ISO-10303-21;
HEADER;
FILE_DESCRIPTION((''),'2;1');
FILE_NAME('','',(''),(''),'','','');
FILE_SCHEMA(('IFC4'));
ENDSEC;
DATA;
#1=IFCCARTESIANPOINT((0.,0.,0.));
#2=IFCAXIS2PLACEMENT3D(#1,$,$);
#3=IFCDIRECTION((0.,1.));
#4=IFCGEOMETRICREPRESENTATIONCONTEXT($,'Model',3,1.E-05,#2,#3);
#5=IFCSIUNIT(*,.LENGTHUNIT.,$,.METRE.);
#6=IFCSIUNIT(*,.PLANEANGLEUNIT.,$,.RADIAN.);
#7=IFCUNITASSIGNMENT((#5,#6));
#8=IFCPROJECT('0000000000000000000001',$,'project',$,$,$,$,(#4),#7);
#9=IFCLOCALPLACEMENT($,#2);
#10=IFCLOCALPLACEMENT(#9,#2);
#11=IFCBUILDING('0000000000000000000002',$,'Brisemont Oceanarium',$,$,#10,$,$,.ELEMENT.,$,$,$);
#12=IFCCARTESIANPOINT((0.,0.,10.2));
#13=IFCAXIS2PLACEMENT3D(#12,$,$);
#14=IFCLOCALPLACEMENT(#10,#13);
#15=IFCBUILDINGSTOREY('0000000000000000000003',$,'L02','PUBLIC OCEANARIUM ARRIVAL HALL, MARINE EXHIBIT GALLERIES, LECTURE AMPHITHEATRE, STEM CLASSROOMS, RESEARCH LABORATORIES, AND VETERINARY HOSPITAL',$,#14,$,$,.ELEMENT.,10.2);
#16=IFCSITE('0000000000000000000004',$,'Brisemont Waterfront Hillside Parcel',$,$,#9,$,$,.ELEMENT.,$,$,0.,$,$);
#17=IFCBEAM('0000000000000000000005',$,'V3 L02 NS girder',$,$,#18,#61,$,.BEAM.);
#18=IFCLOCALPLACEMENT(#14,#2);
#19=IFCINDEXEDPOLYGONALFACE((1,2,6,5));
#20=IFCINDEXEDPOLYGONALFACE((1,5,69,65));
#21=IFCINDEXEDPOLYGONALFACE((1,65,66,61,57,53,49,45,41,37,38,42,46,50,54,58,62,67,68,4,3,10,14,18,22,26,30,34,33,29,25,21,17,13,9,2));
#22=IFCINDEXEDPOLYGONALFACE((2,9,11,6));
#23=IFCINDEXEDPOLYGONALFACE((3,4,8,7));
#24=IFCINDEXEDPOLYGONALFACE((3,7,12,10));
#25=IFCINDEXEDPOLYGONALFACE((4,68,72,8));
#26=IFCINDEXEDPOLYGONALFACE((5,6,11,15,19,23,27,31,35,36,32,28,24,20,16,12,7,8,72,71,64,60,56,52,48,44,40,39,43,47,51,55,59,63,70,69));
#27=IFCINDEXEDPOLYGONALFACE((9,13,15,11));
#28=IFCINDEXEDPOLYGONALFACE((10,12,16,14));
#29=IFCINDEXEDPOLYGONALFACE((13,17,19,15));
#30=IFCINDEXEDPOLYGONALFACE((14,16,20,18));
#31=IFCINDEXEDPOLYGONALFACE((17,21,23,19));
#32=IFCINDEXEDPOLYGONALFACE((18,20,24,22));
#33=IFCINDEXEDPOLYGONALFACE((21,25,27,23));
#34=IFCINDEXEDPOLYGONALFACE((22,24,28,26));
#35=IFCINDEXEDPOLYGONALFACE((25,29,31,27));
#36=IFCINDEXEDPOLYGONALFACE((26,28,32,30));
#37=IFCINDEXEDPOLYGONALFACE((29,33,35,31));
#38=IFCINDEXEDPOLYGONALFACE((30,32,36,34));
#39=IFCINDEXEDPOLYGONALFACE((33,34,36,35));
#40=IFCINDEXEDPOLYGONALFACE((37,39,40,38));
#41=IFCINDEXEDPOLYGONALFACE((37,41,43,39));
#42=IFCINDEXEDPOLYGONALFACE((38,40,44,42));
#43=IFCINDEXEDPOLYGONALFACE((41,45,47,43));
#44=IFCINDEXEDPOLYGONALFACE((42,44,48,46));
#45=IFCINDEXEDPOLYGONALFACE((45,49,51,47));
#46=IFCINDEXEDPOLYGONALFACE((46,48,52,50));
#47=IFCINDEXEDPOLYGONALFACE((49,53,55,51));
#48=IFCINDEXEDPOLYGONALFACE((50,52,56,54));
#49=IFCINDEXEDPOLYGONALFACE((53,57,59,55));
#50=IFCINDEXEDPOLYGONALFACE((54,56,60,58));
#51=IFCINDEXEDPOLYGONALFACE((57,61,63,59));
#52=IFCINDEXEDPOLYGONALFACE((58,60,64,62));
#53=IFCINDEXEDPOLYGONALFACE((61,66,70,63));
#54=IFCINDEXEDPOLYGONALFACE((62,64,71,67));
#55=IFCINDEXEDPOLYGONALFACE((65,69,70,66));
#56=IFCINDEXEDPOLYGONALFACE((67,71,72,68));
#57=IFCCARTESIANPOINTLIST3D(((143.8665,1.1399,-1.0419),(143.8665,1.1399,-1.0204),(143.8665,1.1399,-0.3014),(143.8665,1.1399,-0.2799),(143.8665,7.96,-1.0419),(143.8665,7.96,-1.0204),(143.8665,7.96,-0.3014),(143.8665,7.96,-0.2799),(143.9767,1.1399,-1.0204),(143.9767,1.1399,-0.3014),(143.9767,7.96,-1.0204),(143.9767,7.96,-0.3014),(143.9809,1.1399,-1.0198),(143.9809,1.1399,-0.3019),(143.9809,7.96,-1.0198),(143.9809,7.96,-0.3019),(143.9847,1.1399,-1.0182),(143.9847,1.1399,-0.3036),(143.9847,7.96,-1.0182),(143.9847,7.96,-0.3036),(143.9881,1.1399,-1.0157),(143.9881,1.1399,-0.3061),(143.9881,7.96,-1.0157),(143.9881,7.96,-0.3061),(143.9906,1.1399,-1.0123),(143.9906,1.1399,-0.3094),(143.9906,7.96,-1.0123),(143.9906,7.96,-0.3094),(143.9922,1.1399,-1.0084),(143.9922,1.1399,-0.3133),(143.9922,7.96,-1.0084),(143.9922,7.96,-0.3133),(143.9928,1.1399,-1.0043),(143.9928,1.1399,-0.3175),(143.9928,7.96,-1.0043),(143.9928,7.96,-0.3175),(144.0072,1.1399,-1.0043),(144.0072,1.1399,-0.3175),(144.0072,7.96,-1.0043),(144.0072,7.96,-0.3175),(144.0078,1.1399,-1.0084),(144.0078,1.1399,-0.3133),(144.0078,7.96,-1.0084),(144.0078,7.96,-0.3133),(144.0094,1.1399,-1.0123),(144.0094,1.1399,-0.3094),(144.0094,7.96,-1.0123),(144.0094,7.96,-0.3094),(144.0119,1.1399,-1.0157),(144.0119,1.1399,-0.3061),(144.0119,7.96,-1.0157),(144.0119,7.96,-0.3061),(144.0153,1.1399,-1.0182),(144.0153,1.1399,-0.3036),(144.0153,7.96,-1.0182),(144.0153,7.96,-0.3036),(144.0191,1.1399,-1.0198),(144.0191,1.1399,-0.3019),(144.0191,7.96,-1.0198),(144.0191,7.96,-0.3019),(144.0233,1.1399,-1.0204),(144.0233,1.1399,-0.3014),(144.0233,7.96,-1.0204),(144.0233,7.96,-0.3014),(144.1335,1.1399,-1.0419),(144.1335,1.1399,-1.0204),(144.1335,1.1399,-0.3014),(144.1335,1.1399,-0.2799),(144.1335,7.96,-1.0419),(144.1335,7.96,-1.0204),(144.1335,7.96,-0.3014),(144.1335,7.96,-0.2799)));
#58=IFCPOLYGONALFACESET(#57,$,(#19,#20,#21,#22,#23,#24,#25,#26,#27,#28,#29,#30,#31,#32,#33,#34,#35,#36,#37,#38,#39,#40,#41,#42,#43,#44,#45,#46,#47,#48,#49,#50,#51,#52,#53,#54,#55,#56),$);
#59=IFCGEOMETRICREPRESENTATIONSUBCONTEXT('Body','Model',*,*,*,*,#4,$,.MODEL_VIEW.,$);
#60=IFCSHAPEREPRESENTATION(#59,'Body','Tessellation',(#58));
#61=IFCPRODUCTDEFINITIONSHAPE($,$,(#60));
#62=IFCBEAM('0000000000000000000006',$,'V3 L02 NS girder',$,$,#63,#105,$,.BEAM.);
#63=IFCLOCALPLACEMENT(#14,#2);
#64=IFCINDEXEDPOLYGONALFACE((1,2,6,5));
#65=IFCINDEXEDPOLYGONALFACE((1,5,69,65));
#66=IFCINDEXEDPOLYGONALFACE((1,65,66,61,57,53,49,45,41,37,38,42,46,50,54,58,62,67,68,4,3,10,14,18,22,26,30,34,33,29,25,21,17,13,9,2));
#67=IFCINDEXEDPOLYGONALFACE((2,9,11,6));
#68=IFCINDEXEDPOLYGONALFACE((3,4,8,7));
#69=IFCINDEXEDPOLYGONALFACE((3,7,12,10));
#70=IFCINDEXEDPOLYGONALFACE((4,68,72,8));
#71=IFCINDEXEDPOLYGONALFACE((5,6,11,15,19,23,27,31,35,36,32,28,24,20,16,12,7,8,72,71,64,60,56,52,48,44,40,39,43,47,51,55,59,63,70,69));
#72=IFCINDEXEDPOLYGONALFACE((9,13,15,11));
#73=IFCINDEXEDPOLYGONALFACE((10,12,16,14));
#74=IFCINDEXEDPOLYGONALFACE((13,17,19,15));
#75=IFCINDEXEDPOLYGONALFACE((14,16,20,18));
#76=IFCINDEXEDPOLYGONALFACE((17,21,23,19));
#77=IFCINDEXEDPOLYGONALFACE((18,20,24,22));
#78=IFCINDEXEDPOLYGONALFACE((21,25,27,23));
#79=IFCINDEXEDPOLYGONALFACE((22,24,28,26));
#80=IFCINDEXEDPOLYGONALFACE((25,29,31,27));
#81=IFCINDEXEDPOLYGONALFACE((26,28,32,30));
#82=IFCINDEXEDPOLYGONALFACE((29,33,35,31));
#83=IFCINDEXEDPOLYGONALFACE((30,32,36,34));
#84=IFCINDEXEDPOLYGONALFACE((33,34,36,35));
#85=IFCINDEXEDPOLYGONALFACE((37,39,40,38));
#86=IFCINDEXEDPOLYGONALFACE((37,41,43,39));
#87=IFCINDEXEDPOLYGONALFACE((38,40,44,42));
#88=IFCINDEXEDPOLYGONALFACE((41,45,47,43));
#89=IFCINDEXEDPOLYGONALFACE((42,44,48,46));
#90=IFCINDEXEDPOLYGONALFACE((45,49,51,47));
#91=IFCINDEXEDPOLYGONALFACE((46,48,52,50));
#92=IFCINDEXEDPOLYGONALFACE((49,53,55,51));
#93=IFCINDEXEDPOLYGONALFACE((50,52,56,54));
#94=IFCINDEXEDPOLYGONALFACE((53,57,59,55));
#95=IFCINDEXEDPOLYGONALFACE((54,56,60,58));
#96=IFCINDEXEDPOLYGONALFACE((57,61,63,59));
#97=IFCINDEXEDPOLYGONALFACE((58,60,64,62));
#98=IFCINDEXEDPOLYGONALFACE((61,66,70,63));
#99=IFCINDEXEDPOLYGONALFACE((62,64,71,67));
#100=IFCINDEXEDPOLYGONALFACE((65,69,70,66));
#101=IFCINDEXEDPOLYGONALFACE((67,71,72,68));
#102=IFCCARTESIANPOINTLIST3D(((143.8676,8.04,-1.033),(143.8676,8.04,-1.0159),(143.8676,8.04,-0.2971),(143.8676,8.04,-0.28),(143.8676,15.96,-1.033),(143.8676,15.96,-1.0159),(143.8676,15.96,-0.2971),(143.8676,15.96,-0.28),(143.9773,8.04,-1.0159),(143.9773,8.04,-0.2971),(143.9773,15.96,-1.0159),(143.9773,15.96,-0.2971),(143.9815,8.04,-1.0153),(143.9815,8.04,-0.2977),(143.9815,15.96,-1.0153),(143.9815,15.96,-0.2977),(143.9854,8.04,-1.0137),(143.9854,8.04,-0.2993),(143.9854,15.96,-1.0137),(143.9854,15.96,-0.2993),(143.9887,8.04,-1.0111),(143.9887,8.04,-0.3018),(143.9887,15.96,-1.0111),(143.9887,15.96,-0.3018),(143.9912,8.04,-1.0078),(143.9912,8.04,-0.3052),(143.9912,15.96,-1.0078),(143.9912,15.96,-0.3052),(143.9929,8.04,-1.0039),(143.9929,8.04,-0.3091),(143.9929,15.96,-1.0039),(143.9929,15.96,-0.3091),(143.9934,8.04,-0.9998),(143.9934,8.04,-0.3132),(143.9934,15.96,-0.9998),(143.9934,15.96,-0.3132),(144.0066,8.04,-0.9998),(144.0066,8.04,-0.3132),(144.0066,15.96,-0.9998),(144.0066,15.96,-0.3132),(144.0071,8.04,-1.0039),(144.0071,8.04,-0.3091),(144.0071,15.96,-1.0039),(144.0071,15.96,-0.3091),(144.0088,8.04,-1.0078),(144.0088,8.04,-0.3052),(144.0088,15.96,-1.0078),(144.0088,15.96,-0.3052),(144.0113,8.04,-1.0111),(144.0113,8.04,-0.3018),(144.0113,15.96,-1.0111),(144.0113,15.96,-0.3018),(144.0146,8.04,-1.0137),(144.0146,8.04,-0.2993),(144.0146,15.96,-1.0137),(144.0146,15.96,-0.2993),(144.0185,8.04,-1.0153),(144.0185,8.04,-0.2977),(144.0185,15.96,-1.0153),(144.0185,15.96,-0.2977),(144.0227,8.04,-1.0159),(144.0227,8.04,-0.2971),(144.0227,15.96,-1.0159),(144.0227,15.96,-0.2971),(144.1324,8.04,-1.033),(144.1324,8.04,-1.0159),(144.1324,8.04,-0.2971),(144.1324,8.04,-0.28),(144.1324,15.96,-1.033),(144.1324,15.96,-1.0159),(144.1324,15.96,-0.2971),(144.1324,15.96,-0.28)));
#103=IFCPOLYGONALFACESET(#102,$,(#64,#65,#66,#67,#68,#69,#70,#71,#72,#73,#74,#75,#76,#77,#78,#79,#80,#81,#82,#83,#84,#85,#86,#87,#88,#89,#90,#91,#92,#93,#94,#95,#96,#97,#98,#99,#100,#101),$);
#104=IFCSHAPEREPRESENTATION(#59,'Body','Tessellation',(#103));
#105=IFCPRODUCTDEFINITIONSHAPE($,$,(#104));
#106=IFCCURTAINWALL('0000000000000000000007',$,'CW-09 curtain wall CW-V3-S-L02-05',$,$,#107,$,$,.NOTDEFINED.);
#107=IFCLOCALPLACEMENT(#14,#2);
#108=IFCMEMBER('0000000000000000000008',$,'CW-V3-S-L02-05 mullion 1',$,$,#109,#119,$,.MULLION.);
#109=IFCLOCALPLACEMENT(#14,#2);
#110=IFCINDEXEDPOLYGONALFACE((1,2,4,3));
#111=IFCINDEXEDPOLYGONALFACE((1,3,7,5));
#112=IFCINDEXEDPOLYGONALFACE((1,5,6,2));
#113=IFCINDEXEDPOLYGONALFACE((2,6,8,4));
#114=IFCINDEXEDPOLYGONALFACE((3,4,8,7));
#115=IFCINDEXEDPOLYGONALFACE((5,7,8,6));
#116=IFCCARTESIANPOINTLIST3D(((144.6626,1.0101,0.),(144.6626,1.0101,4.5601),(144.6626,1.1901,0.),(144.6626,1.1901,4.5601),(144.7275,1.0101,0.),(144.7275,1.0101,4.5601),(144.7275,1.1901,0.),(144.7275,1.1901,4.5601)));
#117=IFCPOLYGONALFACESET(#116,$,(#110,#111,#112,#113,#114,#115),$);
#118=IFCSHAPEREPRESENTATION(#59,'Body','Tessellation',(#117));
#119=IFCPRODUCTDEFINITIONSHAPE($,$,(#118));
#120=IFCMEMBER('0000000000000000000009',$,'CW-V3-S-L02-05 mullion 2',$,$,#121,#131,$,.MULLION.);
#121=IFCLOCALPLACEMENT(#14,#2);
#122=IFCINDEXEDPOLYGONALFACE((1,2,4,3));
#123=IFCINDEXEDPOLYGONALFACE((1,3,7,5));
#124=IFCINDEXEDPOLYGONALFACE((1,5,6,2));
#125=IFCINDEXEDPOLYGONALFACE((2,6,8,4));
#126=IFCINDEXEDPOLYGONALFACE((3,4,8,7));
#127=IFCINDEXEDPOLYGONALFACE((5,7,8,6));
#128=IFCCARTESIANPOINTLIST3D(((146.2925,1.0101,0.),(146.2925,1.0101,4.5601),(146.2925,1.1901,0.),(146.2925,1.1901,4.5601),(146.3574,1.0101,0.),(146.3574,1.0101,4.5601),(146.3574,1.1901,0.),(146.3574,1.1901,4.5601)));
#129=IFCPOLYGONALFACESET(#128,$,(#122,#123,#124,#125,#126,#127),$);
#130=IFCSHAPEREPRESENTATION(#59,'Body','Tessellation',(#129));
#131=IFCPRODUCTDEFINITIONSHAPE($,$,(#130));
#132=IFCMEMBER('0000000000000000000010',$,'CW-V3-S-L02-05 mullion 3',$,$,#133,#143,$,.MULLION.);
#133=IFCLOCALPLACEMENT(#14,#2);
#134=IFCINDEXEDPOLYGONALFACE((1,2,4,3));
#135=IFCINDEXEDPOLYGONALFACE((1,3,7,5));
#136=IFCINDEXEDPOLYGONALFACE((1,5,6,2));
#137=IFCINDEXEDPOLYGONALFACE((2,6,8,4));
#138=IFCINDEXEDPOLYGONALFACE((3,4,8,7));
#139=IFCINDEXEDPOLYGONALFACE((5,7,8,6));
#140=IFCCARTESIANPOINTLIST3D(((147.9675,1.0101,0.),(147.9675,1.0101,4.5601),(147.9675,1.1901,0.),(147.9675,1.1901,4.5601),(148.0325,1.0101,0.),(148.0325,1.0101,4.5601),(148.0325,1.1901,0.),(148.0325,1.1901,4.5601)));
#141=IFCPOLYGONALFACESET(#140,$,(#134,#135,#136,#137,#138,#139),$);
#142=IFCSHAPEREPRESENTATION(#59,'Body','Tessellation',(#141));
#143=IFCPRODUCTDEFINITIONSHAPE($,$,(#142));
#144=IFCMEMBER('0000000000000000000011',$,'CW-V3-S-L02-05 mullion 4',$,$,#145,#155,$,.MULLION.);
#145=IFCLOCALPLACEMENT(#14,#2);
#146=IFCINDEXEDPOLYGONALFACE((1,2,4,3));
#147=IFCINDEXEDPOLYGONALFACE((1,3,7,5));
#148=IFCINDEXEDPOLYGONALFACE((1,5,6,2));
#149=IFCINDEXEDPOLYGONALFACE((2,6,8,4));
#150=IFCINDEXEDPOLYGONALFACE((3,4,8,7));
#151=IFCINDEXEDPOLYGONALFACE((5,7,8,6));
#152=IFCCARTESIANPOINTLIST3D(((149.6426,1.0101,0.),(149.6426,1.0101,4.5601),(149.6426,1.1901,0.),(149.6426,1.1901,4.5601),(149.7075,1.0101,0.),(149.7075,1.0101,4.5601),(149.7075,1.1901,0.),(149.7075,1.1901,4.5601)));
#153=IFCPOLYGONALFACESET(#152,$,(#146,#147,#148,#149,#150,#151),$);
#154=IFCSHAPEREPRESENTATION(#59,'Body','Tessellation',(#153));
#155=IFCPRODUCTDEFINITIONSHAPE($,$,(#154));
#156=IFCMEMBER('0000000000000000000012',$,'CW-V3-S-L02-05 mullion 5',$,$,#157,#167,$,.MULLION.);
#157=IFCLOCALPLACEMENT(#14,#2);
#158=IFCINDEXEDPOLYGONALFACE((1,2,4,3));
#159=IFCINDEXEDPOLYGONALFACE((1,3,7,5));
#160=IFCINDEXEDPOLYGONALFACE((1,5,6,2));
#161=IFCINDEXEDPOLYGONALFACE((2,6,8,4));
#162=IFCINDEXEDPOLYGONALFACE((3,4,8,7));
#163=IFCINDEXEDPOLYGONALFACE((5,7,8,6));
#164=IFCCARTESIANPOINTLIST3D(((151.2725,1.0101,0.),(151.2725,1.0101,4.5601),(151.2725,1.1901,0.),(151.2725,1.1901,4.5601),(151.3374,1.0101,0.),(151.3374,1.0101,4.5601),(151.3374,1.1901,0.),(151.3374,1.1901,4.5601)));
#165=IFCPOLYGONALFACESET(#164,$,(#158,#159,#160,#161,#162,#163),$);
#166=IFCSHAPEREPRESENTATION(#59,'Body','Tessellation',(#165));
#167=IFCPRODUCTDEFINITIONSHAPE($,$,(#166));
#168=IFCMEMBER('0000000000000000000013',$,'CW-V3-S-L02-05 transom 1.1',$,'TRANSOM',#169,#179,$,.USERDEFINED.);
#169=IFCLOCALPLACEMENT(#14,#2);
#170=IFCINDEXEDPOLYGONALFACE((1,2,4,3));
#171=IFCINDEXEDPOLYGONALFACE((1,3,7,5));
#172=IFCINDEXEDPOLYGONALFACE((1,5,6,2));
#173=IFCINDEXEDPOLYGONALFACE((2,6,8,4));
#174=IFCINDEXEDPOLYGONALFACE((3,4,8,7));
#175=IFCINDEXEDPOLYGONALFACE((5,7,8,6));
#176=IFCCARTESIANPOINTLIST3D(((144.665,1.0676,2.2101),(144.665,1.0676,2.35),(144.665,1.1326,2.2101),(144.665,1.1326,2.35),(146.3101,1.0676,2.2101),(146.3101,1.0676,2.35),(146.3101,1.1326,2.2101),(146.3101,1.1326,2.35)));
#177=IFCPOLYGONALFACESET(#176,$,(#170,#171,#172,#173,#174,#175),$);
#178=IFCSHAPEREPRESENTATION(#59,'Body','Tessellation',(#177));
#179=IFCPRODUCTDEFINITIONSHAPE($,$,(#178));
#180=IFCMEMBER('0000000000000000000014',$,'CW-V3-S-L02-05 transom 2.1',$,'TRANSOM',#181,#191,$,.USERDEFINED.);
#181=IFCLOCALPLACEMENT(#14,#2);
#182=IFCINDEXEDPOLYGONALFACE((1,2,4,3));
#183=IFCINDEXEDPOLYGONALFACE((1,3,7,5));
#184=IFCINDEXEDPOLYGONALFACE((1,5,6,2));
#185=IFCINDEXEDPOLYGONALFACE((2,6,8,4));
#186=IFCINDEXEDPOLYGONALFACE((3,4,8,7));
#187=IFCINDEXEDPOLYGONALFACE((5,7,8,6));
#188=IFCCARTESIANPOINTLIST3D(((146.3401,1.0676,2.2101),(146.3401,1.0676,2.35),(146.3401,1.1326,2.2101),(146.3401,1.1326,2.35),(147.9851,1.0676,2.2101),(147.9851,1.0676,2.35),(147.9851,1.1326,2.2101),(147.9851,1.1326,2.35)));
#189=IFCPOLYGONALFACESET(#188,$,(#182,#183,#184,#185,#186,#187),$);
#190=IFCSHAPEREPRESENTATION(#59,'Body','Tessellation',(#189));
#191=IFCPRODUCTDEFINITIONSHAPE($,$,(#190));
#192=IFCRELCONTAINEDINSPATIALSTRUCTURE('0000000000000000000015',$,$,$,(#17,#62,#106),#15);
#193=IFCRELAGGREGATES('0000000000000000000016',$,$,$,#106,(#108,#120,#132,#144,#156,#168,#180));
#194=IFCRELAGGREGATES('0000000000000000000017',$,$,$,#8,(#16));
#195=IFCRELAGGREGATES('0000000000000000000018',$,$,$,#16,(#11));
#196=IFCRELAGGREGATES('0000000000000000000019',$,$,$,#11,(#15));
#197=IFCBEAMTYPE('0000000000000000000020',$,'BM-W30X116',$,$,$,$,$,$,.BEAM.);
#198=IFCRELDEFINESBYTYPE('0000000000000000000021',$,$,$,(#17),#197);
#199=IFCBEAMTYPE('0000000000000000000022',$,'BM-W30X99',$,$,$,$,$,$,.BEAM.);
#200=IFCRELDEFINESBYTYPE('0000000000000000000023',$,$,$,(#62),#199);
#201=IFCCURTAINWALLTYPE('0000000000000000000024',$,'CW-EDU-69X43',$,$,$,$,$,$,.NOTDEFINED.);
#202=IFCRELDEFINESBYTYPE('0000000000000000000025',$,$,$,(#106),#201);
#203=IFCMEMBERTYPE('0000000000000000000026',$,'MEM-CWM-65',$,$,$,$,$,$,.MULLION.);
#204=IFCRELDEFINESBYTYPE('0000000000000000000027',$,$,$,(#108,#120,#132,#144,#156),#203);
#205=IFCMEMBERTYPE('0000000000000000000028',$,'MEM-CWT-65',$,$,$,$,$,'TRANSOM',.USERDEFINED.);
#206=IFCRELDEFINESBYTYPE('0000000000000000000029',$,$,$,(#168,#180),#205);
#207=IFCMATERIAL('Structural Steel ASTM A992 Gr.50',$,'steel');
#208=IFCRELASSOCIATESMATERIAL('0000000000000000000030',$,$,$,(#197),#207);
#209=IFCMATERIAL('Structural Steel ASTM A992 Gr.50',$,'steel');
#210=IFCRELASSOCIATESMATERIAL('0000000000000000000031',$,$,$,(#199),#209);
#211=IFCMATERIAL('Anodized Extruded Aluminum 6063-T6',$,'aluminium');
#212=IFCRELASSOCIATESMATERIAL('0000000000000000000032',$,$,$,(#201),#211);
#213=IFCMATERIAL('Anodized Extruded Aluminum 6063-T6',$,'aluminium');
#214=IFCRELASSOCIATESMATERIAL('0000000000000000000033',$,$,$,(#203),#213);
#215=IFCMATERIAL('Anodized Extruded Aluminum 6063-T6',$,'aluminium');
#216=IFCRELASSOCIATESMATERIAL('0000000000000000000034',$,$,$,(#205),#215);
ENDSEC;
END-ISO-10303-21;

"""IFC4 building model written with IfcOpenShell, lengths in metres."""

from ifc_helpers import new_model, si_unit, direction, frame, origin, origin_2d, place, context, subcontext, project, spatial, rectangle, i_section, extrude, material, material_profile, profile_set, type_object, element, aggregate, save


model = new_model("IFC4")

# Units and contexts
model_context = context("Model", 3, precision=1e-05, world=origin(), true_north=direction((0.0, 1.0)))
body_context = subcontext(model_context, "Body", "Model", "MODEL_VIEW")
ifc_project = project(units=[si_unit("LENGTHUNIT", "METRE"), si_unit("PLANEANGLEUNIT", "RADIAN")], contexts=[model_context])

# Site, building, storey
site_placement = place(None, origin())
site = spatial("IfcSite", under=ifc_project, at=site_placement, Name="Brisemont Waterfront Hillside Parcel", CompositionType="ELEMENT", RefElevation=0.0)
building_placement = place(site_placement, origin())
building = spatial("IfcBuilding", under=site, at=building_placement, Name="Brisemont Oceanarium", CompositionType="ELEMENT")
storey_placement = place(building_placement, frame((0.0, 0.0, 10.2)))
storey = spatial("IfcBuildingStorey", under=building, at=storey_placement, Name="L02", Description="PUBLIC OCEANARIUM ARRIVAL HALL, MARINE EXHIBIT GALLERIES, LECTURE AMPHITHEATRE, STEM CLASSROOMS, RESEARCH LABORATORIES, AND VETERINARY HOSPITAL", CompositionType="ELEMENT", Elevation=10.2)

# Beams
ifc_material_1 = material(Name="Structural Steel ASTM A992 Gr.50", Category="steel")
ifc_material_profile_1 = material_profile(ifc_material_1, i_section(OverallWidth=0.2671, OverallDepth=0.762, WebThickness=0.0144, FlangeThickness=0.0215, FilletRadius=0.0161, at=origin_2d()), Name="W30X116")
ifc_profile_set_1 = profile_set([ifc_material_profile_1], Name="Structural Steel ASTM A992 Gr.50")
beam_type_1 = type_object("IfcBeamType", Name="BM-W30X116", PredefinedType="BEAM", material=ifc_profile_set_1)
beam_1_placement = place(storey_placement, frame((144.0, 1.1399, -0.6609), z_axis=(0.0, 1.0, 0.0), x_axis=(-1.0, 0.0, 0.0)))
element("IfcBeam", 1, at=beam_1_placement, inside=storey, type_object=beam_type_1, Name="V3 L02 NS girder", PredefinedType="BEAM", context=body_context, shape_type="SweptSolid", body=[
    extrude(i_section(OverallWidth=0.2671, OverallDepth=0.762, WebThickness=0.0144, FlangeThickness=0.0215, FilletRadius=0.0161, at=origin_2d()), origin(), (0.0, 0.0, 1.0), 6.8201),
])
ifc_material_2 = material(Name="Structural Steel ASTM A992 Gr.50", Category="steel")
ifc_material_profile_2 = material_profile(ifc_material_2, i_section(OverallWidth=0.2649, OverallDepth=0.7529, WebThickness=0.0132, FlangeThickness=0.0171, FilletRadius=0.0161, at=origin_2d()), Name="W30X99")
ifc_profile_set_2 = profile_set([ifc_material_profile_2], Name="Structural Steel ASTM A992 Gr.50")
beam_type_2 = type_object("IfcBeamType", Name="BM-W30X99", PredefinedType="BEAM", material=ifc_profile_set_2)
beam_2_placement = place(storey_placement, frame((144.0, 8.04, -0.6565), z_axis=(0.0, 1.0, 0.0), x_axis=(-1.0, 0.0, 0.0)))
element("IfcBeam", 2, at=beam_2_placement, inside=storey, type_object=beam_type_2, Name="V3 L02 NS girder", PredefinedType="BEAM", context=body_context, shape_type="SweptSolid", body=[
    extrude(i_section(OverallWidth=0.2649, OverallDepth=0.7529, WebThickness=0.0132, FlangeThickness=0.0171, FilletRadius=0.0161, at=origin_2d()), origin(), (0.0, 0.0, 1.0), 7.9199),
])

# Curtain wall, members
ifc_material_3 = material(Name="Anodized Extruded Aluminum 6063-T6", Category="aluminium")
curtain_wall_type = type_object("IfcCurtainWallType", Name="CW-EDU-69X43", PredefinedType="NOTDEFINED", material=ifc_material_3)
curtain_wall_placement = place(storey_placement, origin())
curtain_wall = element("IfcCurtainWall", 3, at=curtain_wall_placement, inside=storey, type_object=curtain_wall_type, Name="CW-09 curtain wall CW-V3-S-L02-05", PredefinedType="NOTDEFINED")
ifc_material_4 = material(Name="Anodized Extruded Aluminum 6063-T6", Category="aluminium")
ifc_material_profile_3 = material_profile(ifc_material_4, rectangle(XDim=0.0649, YDim=0.1799, at=origin_2d()), Name="CWM-65X180")
ifc_profile_set_3 = profile_set([ifc_material_profile_3], Name="Anodized Extruded Aluminum 6063-T6")
member_type_1 = type_object("IfcMemberType", Name="MEM-CWM-65", PredefinedType="MULLION", material=ifc_profile_set_3)
member_1_placement = place(storey_placement, frame((144.6951, 1.1001, 0.0), z_axis=(0.0, 0.0, 1.0), x_axis=(1.0, 0.0, 0.0)))
member_1 = element("IfcMember", 4, at=member_1_placement, type_object=member_type_1, Name="CW-V3-S-L02-05 mullion 1", PredefinedType="MULLION", context=body_context, shape_type="SweptSolid", body=[
    extrude(rectangle(XDim=0.0649, YDim=0.1799, at=origin_2d()), origin(), (0.0, 0.0, 1.0), 4.5601),
])
member_2_placement = place(storey_placement, frame((146.325, 1.1001, 0.0), z_axis=(0.0, 0.0, 1.0), x_axis=(1.0, 0.0, 0.0)))
member_2 = element("IfcMember", 5, at=member_2_placement, type_object=member_type_1, Name="CW-V3-S-L02-05 mullion 2", PredefinedType="MULLION", context=body_context, shape_type="SweptSolid", body=[
    extrude(rectangle(XDim=0.0649, YDim=0.1799, at=origin_2d()), origin(), (0.0, 0.0, 1.0), 4.5601),
])
member_3_placement = place(storey_placement, frame((148.0, 1.1001, 0.0), z_axis=(0.0, 0.0, 1.0), x_axis=(1.0, 0.0, 0.0)))
member_3 = element("IfcMember", 6, at=member_3_placement, type_object=member_type_1, Name="CW-V3-S-L02-05 mullion 3", PredefinedType="MULLION", context=body_context, shape_type="SweptSolid", body=[
    extrude(rectangle(XDim=0.0649, YDim=0.1799, at=origin_2d()), origin(), (0.0, 0.0, 1.0), 4.5601),
])
member_4_placement = place(storey_placement, frame((149.675, 1.1001, 0.0), z_axis=(0.0, 0.0, 1.0), x_axis=(1.0, 0.0, 0.0)))
member_4 = element("IfcMember", 7, at=member_4_placement, type_object=member_type_1, Name="CW-V3-S-L02-05 mullion 4", PredefinedType="MULLION", context=body_context, shape_type="SweptSolid", body=[
    extrude(rectangle(XDim=0.0649, YDim=0.1799, at=origin_2d()), origin(), (0.0, 0.0, 1.0), 4.5601),
])
member_5_placement = place(storey_placement, frame((151.3049, 1.1001, 0.0), z_axis=(0.0, 0.0, 1.0), x_axis=(1.0, 0.0, 0.0)))
member_5 = element("IfcMember", 8, at=member_5_placement, type_object=member_type_1, Name="CW-V3-S-L02-05 mullion 5", PredefinedType="MULLION", context=body_context, shape_type="SweptSolid", body=[
    extrude(rectangle(XDim=0.0649, YDim=0.1799, at=origin_2d()), origin(), (0.0, 0.0, 1.0), 4.5601),
])
ifc_material_5 = material(Name="Anodized Extruded Aluminum 6063-T6", Category="aluminium")
ifc_material_profile_4 = material_profile(ifc_material_5, rectangle(XDim=0.0649, YDim=0.1399, at=origin_2d()), Name="CWT-65X140")
ifc_profile_set_4 = profile_set([ifc_material_profile_4], Name="Anodized Extruded Aluminum 6063-T6")
member_type_2 = type_object("IfcMemberType", Name="MEM-CWT-65", ElementType="TRANSOM", PredefinedType="USERDEFINED", material=ifc_profile_set_4)
member_6_placement = place(storey_placement, frame((144.665, 1.1001, 2.28), z_axis=(1.0, 0.0, 0.0), x_axis=(0.0, 1.0, 0.0)))
member_6 = element("IfcMember", 9, at=member_6_placement, type_object=member_type_2, Name="CW-V3-S-L02-05 transom 1.1", ObjectType="TRANSOM", PredefinedType="USERDEFINED", context=body_context, shape_type="SweptSolid", body=[
    extrude(rectangle(XDim=0.0649, YDim=0.1399, at=origin_2d()), origin(), (0.0, 0.0, 1.0), 1.645),
])
member_7_placement = place(storey_placement, frame((146.3401, 1.1001, 2.28), z_axis=(1.0, 0.0, 0.0), x_axis=(0.0, 1.0, 0.0)))
member_7 = element("IfcMember", 10, at=member_7_placement, type_object=member_type_2, Name="CW-V3-S-L02-05 transom 2.1", ObjectType="TRANSOM", PredefinedType="USERDEFINED", context=body_context, shape_type="SweptSolid", body=[
    extrude(rectangle(XDim=0.0649, YDim=0.1399, at=origin_2d()), origin(), (0.0, 0.0, 1.0), 1.645),
])
aggregate(curtain_wall, [member_1, member_2, member_3, member_4, member_5, member_6, member_7])

save(model, "model.ifc")
